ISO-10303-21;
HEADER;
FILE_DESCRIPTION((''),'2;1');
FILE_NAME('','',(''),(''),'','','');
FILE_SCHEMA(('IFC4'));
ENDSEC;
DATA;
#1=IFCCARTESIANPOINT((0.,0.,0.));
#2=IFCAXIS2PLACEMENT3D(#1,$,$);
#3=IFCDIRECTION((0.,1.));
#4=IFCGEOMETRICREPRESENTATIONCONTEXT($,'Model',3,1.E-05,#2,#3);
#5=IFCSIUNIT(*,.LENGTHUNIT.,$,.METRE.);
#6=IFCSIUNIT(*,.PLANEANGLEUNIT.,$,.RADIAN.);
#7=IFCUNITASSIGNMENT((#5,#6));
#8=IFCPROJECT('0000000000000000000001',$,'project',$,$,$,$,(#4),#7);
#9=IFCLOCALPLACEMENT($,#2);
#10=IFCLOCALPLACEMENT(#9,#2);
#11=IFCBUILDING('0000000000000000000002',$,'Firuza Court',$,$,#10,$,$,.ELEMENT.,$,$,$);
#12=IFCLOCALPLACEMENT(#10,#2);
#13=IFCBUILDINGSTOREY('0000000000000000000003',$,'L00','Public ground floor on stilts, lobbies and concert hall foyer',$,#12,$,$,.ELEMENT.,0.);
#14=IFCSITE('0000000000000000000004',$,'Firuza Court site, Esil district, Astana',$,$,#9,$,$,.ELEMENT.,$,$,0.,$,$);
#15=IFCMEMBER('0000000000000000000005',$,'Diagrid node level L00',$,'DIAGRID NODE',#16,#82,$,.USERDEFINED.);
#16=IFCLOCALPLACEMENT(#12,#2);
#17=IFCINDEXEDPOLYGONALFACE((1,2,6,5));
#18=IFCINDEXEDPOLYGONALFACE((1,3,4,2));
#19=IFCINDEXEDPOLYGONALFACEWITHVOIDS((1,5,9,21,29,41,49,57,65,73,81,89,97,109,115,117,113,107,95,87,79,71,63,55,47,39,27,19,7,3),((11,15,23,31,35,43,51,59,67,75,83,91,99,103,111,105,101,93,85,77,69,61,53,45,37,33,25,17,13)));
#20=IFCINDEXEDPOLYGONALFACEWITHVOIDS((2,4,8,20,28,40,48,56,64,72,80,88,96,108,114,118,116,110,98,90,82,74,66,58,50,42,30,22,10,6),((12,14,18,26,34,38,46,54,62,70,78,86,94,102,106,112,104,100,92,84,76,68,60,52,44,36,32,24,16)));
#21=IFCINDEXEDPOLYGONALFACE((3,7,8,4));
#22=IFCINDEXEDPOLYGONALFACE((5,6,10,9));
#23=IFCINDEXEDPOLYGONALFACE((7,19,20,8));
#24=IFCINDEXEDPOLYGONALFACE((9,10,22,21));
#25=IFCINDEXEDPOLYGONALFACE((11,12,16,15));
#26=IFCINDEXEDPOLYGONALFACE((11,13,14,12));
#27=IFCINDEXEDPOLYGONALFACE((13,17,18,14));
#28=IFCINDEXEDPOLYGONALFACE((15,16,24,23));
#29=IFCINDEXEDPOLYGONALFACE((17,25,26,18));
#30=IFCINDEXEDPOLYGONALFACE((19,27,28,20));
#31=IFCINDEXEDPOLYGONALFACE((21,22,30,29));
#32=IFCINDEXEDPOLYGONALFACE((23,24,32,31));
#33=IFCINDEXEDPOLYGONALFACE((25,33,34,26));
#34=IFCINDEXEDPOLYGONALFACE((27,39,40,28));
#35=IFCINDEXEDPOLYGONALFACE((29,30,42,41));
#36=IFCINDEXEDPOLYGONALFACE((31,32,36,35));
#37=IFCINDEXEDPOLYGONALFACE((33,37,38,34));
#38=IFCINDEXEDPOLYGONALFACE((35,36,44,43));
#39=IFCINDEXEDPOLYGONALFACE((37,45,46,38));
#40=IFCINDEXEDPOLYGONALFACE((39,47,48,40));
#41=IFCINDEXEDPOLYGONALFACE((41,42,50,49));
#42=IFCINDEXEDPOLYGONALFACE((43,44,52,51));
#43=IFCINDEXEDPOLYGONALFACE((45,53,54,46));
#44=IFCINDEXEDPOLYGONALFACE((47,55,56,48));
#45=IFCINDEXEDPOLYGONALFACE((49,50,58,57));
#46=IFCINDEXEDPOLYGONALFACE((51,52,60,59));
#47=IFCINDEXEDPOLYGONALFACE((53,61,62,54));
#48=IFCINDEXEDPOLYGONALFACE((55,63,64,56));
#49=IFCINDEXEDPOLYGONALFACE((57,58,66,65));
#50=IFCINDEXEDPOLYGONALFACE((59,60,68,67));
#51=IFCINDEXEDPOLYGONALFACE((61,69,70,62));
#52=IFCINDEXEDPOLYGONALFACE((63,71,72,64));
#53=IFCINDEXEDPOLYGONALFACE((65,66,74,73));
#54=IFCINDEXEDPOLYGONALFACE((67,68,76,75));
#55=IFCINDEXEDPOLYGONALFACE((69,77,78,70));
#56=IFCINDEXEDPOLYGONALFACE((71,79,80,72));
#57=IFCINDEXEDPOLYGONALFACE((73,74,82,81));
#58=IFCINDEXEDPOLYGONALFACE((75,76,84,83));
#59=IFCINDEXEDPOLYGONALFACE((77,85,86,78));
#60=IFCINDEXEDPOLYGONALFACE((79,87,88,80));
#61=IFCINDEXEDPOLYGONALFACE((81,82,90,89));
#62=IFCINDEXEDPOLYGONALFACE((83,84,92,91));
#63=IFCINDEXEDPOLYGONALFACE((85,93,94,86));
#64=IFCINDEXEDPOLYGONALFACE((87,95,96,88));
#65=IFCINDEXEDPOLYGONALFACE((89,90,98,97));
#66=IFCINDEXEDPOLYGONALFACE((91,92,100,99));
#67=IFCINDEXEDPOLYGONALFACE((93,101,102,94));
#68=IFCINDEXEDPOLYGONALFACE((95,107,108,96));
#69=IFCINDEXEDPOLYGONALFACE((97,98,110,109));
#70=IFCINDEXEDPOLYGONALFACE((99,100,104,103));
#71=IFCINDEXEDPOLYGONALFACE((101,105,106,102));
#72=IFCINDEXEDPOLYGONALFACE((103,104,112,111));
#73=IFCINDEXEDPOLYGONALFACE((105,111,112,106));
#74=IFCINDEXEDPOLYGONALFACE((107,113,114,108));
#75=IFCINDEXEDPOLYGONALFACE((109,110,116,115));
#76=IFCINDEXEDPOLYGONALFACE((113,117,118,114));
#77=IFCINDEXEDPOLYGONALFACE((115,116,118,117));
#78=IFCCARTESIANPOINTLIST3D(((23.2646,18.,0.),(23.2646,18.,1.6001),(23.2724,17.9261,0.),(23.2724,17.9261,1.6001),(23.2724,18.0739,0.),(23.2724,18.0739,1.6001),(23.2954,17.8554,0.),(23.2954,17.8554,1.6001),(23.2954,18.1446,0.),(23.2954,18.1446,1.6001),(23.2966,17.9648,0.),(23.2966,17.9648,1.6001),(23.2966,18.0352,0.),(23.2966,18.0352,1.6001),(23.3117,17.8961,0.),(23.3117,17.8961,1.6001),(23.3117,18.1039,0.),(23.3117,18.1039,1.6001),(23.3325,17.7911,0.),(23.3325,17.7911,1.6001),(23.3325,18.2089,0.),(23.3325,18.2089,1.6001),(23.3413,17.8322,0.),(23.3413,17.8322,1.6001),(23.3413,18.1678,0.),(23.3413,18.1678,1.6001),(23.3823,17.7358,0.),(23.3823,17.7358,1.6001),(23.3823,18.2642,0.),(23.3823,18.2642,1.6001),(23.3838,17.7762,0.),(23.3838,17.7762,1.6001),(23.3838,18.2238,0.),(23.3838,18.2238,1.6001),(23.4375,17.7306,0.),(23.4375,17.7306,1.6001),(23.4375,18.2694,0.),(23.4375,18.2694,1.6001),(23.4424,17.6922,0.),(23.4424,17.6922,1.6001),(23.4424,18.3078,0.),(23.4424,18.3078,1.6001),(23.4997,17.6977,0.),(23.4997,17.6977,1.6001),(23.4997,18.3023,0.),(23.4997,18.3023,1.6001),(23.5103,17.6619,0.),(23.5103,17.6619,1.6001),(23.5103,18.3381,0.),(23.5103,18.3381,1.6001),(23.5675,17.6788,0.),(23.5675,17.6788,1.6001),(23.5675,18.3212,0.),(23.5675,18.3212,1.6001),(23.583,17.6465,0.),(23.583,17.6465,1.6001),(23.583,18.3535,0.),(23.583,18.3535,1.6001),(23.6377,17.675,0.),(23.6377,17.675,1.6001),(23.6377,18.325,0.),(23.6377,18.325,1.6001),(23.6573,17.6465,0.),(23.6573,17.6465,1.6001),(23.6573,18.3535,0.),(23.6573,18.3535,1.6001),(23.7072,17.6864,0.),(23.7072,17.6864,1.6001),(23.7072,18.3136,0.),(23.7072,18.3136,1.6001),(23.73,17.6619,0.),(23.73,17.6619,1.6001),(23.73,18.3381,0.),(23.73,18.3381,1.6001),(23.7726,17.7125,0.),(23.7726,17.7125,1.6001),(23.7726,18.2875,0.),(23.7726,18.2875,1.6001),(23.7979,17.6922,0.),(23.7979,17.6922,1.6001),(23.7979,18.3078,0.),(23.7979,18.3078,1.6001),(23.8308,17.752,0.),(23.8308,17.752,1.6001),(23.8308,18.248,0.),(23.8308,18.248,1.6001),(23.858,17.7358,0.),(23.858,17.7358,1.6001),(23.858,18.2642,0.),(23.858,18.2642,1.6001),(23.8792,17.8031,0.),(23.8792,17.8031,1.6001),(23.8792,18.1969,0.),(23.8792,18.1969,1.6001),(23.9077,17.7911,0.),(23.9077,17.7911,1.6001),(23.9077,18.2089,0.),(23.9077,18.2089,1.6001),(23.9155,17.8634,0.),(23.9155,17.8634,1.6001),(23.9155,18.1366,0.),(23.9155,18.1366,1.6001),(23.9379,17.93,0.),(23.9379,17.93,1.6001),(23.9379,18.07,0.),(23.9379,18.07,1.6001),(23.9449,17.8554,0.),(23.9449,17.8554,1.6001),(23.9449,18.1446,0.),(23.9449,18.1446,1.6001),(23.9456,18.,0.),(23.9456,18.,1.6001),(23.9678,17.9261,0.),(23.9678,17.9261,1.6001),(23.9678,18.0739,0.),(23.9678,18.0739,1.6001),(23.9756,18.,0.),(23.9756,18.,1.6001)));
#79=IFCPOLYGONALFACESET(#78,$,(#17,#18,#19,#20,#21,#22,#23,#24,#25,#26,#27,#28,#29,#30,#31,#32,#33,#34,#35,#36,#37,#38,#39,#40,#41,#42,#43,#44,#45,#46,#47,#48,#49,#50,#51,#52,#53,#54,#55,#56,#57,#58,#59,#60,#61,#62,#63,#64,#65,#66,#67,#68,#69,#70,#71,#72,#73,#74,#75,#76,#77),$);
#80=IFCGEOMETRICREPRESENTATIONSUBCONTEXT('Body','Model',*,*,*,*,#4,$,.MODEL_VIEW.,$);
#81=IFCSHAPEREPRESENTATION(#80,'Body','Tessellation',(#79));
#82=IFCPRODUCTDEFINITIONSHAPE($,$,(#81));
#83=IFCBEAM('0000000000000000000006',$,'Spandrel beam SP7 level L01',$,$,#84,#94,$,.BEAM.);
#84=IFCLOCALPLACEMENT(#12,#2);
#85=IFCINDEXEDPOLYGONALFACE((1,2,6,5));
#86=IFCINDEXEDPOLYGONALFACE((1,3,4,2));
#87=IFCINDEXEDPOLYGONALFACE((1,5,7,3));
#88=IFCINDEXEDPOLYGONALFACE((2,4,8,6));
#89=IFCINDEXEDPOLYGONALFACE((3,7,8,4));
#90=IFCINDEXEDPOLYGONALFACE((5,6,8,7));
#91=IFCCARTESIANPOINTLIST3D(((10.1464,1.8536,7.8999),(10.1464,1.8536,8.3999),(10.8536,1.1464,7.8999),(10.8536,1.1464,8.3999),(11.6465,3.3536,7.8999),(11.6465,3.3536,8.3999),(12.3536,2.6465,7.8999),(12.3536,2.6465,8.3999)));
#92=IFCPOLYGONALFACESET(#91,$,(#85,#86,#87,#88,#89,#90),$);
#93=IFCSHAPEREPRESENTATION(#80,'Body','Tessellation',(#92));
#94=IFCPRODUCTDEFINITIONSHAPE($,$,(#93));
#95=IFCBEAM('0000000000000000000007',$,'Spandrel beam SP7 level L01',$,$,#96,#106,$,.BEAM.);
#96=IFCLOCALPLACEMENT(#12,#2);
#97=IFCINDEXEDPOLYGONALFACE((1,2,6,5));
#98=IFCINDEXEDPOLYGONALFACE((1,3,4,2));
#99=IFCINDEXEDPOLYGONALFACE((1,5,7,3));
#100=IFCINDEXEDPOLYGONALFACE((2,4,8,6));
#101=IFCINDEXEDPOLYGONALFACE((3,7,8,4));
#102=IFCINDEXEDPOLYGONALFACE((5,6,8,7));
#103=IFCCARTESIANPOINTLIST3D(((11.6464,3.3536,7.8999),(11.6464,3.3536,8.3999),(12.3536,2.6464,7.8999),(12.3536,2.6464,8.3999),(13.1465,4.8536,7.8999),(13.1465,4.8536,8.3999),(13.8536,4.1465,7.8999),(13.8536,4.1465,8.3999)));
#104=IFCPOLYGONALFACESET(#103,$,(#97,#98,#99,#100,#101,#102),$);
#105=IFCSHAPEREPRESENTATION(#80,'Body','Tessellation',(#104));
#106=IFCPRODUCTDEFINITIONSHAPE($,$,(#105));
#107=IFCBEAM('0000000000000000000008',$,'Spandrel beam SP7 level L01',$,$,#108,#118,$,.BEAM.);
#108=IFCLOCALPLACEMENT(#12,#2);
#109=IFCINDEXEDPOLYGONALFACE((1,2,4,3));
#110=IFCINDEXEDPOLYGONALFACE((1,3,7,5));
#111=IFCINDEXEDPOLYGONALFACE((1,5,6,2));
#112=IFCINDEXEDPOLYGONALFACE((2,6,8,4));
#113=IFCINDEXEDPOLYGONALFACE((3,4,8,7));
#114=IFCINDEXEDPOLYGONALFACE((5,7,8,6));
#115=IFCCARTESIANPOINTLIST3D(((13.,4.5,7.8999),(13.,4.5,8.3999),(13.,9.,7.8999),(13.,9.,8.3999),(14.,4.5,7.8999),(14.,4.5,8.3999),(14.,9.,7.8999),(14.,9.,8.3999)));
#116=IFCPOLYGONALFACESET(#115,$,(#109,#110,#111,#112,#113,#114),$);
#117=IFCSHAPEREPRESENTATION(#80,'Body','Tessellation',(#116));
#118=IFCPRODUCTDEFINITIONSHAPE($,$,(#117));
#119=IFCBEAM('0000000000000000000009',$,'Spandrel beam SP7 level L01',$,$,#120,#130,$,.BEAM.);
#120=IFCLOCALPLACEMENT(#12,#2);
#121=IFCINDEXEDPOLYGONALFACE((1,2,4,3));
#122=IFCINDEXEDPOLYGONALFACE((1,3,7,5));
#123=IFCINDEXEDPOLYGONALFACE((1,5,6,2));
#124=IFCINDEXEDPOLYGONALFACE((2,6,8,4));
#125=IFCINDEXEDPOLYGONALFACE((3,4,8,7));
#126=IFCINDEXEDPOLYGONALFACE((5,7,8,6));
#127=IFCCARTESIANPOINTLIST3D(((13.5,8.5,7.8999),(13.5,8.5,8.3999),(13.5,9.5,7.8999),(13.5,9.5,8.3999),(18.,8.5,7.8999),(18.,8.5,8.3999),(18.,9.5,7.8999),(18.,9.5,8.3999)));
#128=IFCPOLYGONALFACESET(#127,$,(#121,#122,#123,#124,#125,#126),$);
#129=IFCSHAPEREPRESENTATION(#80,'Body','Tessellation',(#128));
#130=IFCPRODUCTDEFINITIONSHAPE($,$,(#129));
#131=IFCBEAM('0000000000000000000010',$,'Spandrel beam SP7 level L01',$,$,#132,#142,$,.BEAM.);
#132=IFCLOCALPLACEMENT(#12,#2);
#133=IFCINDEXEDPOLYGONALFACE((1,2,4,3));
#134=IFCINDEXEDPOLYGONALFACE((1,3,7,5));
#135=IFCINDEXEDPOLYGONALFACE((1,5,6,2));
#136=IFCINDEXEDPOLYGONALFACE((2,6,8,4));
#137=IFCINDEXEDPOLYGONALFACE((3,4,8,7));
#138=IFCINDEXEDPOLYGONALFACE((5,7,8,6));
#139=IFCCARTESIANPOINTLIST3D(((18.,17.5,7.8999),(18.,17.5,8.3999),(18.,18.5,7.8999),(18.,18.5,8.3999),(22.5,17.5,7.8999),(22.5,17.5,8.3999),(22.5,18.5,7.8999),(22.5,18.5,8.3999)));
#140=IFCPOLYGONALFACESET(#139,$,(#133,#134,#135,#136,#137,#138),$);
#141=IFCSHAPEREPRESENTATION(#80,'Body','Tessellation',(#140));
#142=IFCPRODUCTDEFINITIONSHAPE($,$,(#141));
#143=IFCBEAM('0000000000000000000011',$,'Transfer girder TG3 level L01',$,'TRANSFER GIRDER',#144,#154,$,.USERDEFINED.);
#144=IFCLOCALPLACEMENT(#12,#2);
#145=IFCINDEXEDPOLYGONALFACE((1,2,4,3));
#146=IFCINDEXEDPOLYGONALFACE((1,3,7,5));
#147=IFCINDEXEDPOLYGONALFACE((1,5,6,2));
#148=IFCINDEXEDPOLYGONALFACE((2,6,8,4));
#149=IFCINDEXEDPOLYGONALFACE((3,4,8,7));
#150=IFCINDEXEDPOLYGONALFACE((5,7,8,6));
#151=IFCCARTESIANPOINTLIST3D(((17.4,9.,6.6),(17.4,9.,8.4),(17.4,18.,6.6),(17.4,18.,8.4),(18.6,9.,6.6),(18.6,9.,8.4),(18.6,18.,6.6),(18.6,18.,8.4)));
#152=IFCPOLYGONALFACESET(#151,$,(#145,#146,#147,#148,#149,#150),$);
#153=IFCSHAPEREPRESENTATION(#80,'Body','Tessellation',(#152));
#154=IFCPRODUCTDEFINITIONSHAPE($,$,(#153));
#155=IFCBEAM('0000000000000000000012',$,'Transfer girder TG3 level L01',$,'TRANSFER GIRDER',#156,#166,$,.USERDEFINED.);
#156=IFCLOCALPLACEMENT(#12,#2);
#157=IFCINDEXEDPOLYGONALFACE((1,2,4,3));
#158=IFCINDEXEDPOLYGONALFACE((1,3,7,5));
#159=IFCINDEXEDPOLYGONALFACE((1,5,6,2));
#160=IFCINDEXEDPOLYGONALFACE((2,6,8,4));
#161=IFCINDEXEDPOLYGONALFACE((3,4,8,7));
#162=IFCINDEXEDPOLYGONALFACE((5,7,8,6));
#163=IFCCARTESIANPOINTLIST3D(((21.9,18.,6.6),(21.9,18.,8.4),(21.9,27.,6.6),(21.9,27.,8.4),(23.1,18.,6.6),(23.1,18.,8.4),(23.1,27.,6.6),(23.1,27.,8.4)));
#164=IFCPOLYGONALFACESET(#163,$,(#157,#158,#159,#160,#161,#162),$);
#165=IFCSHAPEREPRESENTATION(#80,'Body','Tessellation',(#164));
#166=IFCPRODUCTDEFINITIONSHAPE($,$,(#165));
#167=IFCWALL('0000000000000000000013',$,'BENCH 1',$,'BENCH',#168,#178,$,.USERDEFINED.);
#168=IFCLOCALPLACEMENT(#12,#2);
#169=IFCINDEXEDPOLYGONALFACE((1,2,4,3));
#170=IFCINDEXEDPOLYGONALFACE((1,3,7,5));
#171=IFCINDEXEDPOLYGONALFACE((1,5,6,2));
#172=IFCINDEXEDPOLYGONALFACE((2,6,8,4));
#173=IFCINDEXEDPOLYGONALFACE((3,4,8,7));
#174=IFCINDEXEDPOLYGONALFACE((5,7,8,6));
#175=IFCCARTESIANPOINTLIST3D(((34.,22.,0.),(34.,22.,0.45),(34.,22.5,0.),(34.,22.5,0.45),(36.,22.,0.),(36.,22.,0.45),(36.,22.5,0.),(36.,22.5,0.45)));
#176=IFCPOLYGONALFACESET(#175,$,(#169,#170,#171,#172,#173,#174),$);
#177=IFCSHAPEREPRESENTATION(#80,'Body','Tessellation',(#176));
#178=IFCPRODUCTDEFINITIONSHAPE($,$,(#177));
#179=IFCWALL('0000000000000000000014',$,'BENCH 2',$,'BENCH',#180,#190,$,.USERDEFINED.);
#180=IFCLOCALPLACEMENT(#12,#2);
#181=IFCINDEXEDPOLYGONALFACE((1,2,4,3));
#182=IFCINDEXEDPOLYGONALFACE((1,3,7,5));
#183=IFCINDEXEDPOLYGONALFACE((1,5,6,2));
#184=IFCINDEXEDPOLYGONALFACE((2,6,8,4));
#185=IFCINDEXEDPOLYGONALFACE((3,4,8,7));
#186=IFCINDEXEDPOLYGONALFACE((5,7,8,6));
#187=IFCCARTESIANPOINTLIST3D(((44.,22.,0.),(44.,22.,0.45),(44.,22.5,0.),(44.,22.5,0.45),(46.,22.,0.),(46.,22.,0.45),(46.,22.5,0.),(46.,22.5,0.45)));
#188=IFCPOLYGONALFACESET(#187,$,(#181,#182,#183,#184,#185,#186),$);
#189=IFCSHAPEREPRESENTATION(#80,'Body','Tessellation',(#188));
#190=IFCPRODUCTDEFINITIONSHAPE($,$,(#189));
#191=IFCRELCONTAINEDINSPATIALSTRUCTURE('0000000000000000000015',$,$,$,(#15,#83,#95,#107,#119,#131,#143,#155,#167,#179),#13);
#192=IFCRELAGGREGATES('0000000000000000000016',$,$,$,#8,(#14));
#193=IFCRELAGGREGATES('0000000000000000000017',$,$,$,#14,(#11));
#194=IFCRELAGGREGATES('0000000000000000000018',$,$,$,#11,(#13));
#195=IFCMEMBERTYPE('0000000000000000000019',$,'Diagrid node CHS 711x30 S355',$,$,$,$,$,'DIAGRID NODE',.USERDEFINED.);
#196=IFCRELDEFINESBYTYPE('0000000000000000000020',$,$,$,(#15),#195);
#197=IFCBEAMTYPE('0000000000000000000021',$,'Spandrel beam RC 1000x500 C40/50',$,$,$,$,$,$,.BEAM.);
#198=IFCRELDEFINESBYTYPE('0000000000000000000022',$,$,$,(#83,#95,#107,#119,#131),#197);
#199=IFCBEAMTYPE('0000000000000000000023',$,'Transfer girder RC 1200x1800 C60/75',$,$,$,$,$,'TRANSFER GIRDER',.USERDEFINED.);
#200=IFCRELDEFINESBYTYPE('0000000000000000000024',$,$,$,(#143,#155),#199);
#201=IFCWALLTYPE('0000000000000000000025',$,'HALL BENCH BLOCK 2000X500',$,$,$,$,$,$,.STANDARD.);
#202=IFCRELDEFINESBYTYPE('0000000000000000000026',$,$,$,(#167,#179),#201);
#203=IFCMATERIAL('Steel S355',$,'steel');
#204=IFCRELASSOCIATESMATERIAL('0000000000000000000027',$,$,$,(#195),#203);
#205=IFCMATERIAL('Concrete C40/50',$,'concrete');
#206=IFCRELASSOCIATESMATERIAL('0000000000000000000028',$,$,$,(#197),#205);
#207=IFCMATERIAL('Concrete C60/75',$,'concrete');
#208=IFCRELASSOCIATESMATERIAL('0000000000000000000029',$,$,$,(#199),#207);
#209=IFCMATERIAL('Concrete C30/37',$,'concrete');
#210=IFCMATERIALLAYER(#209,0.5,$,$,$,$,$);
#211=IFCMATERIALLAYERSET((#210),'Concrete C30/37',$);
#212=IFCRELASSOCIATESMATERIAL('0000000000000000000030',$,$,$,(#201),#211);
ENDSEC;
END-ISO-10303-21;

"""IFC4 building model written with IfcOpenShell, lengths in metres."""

from ifc_helpers import new_model, si_unit, direction, frame, frame_2d, origin, origin_2d, place, context, subcontext, project, spatial, rectangle, hollow_circle, extrude, material, layer, layer_set, material_profile, profile_set, type_object, element, save


model = new_model("IFC4")

# Units and contexts
model_context = context("Model", 3, precision=1e-05, world=origin(), true_north=direction((0.0, 1.0)))
body_context = subcontext(model_context, "Body", "Model", "MODEL_VIEW")
ifc_project = project(units=[si_unit("LENGTHUNIT", "METRE"), si_unit("PLANEANGLEUNIT", "RADIAN")], contexts=[model_context])

# Site, building, storey
site_placement = place(None, origin())
site = spatial("IfcSite", under=ifc_project, at=site_placement, Name="Firuza Court site, Esil district, Astana", CompositionType="ELEMENT", RefElevation=0.0)
building_placement = place(site_placement, origin())
building = spatial("IfcBuilding", under=site, at=building_placement, Name="Firuza Court", CompositionType="ELEMENT")
storey_placement = place(building_placement, origin())
storey = spatial("IfcBuildingStorey", under=building, at=storey_placement, Name="L00", Description="Public ground floor on stilts, lobbies and concert hall foyer", CompositionType="ELEMENT", Elevation=0.0)

# Member
ifc_material_1 = material(Name="Steel S355", Category="steel")
ifc_material_profile_1 = material_profile(ifc_material_1, hollow_circle(Radius=0.3555, WallThickness=0.03, at=origin_2d()), Name="CHS 711x30")
ifc_profile_set_1 = profile_set([ifc_material_profile_1], Name="Steel S355")
member_type_1 = type_object("IfcMemberType", Name="Diagrid node CHS 711x30 S355", ElementType="DIAGRID NODE", PredefinedType="USERDEFINED", material=ifc_profile_set_1)
for number, where, z_axis, x_axis, name in (
    (1, (23.6201, 18.0, 0.0), (0.0, 0.0, 1.0), (1.0, 0.0, 0.0), "Diagrid node level L00"),
):
    element("IfcMember", number, at=place(storey_placement, frame(where, z_axis=z_axis, x_axis=x_axis)), inside=storey, type_object=member_type_1, Name=name, ObjectType="DIAGRID NODE", PredefinedType="USERDEFINED", context=body_context, shape_type="SweptSolid", body=[
        extrude(hollow_circle(Radius=0.3555, WallThickness=0.03, at=origin_2d()), origin(), (0.0, 0.0, 1.0), 1.6001),
    ])

# Beams
ifc_material_2 = material(Name="Concrete C40/50", Category="concrete")
ifc_material_profile_2 = material_profile(ifc_material_2, rectangle(XDim=1.0, YDim=0.5, at=origin_2d()), Name="RC 1000x500")
ifc_profile_set_2 = profile_set([ifc_material_profile_2], Name="Concrete C40/50")
beam_type_1 = type_object("IfcBeamType", Name="Spandrel beam RC 1000x500 C40/50", PredefinedType="BEAM", material=ifc_profile_set_2)
for number, where, z_axis, x_axis, name in (
    (2, (10.5, 1.5, 8.1499), (0.707107, 0.707107, 0.0), (-0.707107, 0.707107, 0.0), "Spandrel beam SP7 level L01"),
    (3, (12.0, 3.0, 8.1499), (0.707107, 0.707107, 0.0), (-0.707107, 0.707107, 0.0), "Spandrel beam SP7 level L01"),
):
    element("IfcBeam", number, at=place(storey_placement, frame(where, z_axis=z_axis, x_axis=x_axis)), inside=storey, type_object=beam_type_1, Name=name, PredefinedType="BEAM", context=body_context, shape_type="SweptSolid", body=[
        extrude(rectangle(XDim=1.0, YDim=0.5, at=origin_2d()), origin(), (0.0, 0.0, 1.0), 2.1213),
    ])
for number, where, z_axis, x_axis, name in (
    (4, (13.5, 4.5, 8.1499), (0.0, 1.0, 0.0), (-1.0, 0.0, 0.0), "Spandrel beam SP7 level L01"),
    (5, (13.5, 9.0, 8.1499), (1.0, 0.0, 0.0), (0.0, 1.0, 0.0), "Spandrel beam SP7 level L01"),
    (6, (18.0, 18.0, 8.1499), (1.0, 0.0, 0.0), (0.0, 1.0, 0.0), "Spandrel beam SP7 level L01"),
):
    element("IfcBeam", number, at=place(storey_placement, frame(where, z_axis=z_axis, x_axis=x_axis)), inside=storey, type_object=beam_type_1, Name=name, PredefinedType="BEAM", context=body_context, shape_type="SweptSolid", body=[
        extrude(rectangle(XDim=1.0, YDim=0.5, at=origin_2d()), origin(), (0.0, 0.0, 1.0), 4.5),
    ])
ifc_material_3 = material(Name="Concrete C60/75", Category="concrete")
ifc_material_profile_3 = material_profile(ifc_material_3, rectangle(XDim=1.2, YDim=1.8, at=origin_2d()), Name="RC 1200x1800")
ifc_profile_set_3 = profile_set([ifc_material_profile_3], Name="Concrete C60/75")
beam_type_2 = type_object("IfcBeamType", Name="Transfer girder RC 1200x1800 C60/75", ElementType="TRANSFER GIRDER", PredefinedType="USERDEFINED", material=ifc_profile_set_3)
for number, where, z_axis, x_axis, name in (
    (7, (18.0, 9.0, 7.5), (0.0, 1.0, 0.0), (-1.0, 0.0, 0.0), "Transfer girder TG3 level L01"),
    (8, (22.5, 18.0, 7.5), (0.0, 1.0, 0.0), (-1.0, 0.0, 0.0), "Transfer girder TG3 level L01"),
):
    element("IfcBeam", number, at=place(storey_placement, frame(where, z_axis=z_axis, x_axis=x_axis)), inside=storey, type_object=beam_type_2, Name=name, ObjectType="TRANSFER GIRDER", PredefinedType="USERDEFINED", context=body_context, shape_type="SweptSolid", body=[
        extrude(rectangle(XDim=1.2, YDim=1.8, at=origin_2d()), origin(), (0.0, 0.0, 1.0), 9.0),
    ])

# Walls
ifc_material_4 = material(Name="Concrete C30/37", Category="concrete")
ifc_layer_1 = layer(ifc_material_4, 0.5)
ifc_layer_set_1 = layer_set([ifc_layer_1], Name="Concrete C30/37")
wall_type_1 = type_object("IfcWallType", Name="HALL BENCH BLOCK 2000X500", PredefinedType="STANDARD", material=ifc_layer_set_1)
for number, where, z_axis, x_axis, name in (
    (9, (34.0, 22.25, 0.0), (0.0, 0.0, 1.0), (1.0, 0.0, 0.0), "BENCH 1"),
    (10, (44.0, 22.25, 0.0), (0.0, 0.0, 1.0), (1.0, 0.0, 0.0), "BENCH 2"),
):
    element("IfcWall", number, at=place(storey_placement, frame(where, z_axis=z_axis, x_axis=x_axis)), inside=storey, type_object=wall_type_1, Name=name, ObjectType="BENCH", PredefinedType="USERDEFINED", context=body_context, shape_type="SweptSolid", body=[
        extrude(rectangle(XDim=2.0, YDim=0.5, at=frame_2d((1.0, 0.0))), origin(), (0.0, 0.0, 1.0), 0.45),
    ])

save(model, "model.ifc")
